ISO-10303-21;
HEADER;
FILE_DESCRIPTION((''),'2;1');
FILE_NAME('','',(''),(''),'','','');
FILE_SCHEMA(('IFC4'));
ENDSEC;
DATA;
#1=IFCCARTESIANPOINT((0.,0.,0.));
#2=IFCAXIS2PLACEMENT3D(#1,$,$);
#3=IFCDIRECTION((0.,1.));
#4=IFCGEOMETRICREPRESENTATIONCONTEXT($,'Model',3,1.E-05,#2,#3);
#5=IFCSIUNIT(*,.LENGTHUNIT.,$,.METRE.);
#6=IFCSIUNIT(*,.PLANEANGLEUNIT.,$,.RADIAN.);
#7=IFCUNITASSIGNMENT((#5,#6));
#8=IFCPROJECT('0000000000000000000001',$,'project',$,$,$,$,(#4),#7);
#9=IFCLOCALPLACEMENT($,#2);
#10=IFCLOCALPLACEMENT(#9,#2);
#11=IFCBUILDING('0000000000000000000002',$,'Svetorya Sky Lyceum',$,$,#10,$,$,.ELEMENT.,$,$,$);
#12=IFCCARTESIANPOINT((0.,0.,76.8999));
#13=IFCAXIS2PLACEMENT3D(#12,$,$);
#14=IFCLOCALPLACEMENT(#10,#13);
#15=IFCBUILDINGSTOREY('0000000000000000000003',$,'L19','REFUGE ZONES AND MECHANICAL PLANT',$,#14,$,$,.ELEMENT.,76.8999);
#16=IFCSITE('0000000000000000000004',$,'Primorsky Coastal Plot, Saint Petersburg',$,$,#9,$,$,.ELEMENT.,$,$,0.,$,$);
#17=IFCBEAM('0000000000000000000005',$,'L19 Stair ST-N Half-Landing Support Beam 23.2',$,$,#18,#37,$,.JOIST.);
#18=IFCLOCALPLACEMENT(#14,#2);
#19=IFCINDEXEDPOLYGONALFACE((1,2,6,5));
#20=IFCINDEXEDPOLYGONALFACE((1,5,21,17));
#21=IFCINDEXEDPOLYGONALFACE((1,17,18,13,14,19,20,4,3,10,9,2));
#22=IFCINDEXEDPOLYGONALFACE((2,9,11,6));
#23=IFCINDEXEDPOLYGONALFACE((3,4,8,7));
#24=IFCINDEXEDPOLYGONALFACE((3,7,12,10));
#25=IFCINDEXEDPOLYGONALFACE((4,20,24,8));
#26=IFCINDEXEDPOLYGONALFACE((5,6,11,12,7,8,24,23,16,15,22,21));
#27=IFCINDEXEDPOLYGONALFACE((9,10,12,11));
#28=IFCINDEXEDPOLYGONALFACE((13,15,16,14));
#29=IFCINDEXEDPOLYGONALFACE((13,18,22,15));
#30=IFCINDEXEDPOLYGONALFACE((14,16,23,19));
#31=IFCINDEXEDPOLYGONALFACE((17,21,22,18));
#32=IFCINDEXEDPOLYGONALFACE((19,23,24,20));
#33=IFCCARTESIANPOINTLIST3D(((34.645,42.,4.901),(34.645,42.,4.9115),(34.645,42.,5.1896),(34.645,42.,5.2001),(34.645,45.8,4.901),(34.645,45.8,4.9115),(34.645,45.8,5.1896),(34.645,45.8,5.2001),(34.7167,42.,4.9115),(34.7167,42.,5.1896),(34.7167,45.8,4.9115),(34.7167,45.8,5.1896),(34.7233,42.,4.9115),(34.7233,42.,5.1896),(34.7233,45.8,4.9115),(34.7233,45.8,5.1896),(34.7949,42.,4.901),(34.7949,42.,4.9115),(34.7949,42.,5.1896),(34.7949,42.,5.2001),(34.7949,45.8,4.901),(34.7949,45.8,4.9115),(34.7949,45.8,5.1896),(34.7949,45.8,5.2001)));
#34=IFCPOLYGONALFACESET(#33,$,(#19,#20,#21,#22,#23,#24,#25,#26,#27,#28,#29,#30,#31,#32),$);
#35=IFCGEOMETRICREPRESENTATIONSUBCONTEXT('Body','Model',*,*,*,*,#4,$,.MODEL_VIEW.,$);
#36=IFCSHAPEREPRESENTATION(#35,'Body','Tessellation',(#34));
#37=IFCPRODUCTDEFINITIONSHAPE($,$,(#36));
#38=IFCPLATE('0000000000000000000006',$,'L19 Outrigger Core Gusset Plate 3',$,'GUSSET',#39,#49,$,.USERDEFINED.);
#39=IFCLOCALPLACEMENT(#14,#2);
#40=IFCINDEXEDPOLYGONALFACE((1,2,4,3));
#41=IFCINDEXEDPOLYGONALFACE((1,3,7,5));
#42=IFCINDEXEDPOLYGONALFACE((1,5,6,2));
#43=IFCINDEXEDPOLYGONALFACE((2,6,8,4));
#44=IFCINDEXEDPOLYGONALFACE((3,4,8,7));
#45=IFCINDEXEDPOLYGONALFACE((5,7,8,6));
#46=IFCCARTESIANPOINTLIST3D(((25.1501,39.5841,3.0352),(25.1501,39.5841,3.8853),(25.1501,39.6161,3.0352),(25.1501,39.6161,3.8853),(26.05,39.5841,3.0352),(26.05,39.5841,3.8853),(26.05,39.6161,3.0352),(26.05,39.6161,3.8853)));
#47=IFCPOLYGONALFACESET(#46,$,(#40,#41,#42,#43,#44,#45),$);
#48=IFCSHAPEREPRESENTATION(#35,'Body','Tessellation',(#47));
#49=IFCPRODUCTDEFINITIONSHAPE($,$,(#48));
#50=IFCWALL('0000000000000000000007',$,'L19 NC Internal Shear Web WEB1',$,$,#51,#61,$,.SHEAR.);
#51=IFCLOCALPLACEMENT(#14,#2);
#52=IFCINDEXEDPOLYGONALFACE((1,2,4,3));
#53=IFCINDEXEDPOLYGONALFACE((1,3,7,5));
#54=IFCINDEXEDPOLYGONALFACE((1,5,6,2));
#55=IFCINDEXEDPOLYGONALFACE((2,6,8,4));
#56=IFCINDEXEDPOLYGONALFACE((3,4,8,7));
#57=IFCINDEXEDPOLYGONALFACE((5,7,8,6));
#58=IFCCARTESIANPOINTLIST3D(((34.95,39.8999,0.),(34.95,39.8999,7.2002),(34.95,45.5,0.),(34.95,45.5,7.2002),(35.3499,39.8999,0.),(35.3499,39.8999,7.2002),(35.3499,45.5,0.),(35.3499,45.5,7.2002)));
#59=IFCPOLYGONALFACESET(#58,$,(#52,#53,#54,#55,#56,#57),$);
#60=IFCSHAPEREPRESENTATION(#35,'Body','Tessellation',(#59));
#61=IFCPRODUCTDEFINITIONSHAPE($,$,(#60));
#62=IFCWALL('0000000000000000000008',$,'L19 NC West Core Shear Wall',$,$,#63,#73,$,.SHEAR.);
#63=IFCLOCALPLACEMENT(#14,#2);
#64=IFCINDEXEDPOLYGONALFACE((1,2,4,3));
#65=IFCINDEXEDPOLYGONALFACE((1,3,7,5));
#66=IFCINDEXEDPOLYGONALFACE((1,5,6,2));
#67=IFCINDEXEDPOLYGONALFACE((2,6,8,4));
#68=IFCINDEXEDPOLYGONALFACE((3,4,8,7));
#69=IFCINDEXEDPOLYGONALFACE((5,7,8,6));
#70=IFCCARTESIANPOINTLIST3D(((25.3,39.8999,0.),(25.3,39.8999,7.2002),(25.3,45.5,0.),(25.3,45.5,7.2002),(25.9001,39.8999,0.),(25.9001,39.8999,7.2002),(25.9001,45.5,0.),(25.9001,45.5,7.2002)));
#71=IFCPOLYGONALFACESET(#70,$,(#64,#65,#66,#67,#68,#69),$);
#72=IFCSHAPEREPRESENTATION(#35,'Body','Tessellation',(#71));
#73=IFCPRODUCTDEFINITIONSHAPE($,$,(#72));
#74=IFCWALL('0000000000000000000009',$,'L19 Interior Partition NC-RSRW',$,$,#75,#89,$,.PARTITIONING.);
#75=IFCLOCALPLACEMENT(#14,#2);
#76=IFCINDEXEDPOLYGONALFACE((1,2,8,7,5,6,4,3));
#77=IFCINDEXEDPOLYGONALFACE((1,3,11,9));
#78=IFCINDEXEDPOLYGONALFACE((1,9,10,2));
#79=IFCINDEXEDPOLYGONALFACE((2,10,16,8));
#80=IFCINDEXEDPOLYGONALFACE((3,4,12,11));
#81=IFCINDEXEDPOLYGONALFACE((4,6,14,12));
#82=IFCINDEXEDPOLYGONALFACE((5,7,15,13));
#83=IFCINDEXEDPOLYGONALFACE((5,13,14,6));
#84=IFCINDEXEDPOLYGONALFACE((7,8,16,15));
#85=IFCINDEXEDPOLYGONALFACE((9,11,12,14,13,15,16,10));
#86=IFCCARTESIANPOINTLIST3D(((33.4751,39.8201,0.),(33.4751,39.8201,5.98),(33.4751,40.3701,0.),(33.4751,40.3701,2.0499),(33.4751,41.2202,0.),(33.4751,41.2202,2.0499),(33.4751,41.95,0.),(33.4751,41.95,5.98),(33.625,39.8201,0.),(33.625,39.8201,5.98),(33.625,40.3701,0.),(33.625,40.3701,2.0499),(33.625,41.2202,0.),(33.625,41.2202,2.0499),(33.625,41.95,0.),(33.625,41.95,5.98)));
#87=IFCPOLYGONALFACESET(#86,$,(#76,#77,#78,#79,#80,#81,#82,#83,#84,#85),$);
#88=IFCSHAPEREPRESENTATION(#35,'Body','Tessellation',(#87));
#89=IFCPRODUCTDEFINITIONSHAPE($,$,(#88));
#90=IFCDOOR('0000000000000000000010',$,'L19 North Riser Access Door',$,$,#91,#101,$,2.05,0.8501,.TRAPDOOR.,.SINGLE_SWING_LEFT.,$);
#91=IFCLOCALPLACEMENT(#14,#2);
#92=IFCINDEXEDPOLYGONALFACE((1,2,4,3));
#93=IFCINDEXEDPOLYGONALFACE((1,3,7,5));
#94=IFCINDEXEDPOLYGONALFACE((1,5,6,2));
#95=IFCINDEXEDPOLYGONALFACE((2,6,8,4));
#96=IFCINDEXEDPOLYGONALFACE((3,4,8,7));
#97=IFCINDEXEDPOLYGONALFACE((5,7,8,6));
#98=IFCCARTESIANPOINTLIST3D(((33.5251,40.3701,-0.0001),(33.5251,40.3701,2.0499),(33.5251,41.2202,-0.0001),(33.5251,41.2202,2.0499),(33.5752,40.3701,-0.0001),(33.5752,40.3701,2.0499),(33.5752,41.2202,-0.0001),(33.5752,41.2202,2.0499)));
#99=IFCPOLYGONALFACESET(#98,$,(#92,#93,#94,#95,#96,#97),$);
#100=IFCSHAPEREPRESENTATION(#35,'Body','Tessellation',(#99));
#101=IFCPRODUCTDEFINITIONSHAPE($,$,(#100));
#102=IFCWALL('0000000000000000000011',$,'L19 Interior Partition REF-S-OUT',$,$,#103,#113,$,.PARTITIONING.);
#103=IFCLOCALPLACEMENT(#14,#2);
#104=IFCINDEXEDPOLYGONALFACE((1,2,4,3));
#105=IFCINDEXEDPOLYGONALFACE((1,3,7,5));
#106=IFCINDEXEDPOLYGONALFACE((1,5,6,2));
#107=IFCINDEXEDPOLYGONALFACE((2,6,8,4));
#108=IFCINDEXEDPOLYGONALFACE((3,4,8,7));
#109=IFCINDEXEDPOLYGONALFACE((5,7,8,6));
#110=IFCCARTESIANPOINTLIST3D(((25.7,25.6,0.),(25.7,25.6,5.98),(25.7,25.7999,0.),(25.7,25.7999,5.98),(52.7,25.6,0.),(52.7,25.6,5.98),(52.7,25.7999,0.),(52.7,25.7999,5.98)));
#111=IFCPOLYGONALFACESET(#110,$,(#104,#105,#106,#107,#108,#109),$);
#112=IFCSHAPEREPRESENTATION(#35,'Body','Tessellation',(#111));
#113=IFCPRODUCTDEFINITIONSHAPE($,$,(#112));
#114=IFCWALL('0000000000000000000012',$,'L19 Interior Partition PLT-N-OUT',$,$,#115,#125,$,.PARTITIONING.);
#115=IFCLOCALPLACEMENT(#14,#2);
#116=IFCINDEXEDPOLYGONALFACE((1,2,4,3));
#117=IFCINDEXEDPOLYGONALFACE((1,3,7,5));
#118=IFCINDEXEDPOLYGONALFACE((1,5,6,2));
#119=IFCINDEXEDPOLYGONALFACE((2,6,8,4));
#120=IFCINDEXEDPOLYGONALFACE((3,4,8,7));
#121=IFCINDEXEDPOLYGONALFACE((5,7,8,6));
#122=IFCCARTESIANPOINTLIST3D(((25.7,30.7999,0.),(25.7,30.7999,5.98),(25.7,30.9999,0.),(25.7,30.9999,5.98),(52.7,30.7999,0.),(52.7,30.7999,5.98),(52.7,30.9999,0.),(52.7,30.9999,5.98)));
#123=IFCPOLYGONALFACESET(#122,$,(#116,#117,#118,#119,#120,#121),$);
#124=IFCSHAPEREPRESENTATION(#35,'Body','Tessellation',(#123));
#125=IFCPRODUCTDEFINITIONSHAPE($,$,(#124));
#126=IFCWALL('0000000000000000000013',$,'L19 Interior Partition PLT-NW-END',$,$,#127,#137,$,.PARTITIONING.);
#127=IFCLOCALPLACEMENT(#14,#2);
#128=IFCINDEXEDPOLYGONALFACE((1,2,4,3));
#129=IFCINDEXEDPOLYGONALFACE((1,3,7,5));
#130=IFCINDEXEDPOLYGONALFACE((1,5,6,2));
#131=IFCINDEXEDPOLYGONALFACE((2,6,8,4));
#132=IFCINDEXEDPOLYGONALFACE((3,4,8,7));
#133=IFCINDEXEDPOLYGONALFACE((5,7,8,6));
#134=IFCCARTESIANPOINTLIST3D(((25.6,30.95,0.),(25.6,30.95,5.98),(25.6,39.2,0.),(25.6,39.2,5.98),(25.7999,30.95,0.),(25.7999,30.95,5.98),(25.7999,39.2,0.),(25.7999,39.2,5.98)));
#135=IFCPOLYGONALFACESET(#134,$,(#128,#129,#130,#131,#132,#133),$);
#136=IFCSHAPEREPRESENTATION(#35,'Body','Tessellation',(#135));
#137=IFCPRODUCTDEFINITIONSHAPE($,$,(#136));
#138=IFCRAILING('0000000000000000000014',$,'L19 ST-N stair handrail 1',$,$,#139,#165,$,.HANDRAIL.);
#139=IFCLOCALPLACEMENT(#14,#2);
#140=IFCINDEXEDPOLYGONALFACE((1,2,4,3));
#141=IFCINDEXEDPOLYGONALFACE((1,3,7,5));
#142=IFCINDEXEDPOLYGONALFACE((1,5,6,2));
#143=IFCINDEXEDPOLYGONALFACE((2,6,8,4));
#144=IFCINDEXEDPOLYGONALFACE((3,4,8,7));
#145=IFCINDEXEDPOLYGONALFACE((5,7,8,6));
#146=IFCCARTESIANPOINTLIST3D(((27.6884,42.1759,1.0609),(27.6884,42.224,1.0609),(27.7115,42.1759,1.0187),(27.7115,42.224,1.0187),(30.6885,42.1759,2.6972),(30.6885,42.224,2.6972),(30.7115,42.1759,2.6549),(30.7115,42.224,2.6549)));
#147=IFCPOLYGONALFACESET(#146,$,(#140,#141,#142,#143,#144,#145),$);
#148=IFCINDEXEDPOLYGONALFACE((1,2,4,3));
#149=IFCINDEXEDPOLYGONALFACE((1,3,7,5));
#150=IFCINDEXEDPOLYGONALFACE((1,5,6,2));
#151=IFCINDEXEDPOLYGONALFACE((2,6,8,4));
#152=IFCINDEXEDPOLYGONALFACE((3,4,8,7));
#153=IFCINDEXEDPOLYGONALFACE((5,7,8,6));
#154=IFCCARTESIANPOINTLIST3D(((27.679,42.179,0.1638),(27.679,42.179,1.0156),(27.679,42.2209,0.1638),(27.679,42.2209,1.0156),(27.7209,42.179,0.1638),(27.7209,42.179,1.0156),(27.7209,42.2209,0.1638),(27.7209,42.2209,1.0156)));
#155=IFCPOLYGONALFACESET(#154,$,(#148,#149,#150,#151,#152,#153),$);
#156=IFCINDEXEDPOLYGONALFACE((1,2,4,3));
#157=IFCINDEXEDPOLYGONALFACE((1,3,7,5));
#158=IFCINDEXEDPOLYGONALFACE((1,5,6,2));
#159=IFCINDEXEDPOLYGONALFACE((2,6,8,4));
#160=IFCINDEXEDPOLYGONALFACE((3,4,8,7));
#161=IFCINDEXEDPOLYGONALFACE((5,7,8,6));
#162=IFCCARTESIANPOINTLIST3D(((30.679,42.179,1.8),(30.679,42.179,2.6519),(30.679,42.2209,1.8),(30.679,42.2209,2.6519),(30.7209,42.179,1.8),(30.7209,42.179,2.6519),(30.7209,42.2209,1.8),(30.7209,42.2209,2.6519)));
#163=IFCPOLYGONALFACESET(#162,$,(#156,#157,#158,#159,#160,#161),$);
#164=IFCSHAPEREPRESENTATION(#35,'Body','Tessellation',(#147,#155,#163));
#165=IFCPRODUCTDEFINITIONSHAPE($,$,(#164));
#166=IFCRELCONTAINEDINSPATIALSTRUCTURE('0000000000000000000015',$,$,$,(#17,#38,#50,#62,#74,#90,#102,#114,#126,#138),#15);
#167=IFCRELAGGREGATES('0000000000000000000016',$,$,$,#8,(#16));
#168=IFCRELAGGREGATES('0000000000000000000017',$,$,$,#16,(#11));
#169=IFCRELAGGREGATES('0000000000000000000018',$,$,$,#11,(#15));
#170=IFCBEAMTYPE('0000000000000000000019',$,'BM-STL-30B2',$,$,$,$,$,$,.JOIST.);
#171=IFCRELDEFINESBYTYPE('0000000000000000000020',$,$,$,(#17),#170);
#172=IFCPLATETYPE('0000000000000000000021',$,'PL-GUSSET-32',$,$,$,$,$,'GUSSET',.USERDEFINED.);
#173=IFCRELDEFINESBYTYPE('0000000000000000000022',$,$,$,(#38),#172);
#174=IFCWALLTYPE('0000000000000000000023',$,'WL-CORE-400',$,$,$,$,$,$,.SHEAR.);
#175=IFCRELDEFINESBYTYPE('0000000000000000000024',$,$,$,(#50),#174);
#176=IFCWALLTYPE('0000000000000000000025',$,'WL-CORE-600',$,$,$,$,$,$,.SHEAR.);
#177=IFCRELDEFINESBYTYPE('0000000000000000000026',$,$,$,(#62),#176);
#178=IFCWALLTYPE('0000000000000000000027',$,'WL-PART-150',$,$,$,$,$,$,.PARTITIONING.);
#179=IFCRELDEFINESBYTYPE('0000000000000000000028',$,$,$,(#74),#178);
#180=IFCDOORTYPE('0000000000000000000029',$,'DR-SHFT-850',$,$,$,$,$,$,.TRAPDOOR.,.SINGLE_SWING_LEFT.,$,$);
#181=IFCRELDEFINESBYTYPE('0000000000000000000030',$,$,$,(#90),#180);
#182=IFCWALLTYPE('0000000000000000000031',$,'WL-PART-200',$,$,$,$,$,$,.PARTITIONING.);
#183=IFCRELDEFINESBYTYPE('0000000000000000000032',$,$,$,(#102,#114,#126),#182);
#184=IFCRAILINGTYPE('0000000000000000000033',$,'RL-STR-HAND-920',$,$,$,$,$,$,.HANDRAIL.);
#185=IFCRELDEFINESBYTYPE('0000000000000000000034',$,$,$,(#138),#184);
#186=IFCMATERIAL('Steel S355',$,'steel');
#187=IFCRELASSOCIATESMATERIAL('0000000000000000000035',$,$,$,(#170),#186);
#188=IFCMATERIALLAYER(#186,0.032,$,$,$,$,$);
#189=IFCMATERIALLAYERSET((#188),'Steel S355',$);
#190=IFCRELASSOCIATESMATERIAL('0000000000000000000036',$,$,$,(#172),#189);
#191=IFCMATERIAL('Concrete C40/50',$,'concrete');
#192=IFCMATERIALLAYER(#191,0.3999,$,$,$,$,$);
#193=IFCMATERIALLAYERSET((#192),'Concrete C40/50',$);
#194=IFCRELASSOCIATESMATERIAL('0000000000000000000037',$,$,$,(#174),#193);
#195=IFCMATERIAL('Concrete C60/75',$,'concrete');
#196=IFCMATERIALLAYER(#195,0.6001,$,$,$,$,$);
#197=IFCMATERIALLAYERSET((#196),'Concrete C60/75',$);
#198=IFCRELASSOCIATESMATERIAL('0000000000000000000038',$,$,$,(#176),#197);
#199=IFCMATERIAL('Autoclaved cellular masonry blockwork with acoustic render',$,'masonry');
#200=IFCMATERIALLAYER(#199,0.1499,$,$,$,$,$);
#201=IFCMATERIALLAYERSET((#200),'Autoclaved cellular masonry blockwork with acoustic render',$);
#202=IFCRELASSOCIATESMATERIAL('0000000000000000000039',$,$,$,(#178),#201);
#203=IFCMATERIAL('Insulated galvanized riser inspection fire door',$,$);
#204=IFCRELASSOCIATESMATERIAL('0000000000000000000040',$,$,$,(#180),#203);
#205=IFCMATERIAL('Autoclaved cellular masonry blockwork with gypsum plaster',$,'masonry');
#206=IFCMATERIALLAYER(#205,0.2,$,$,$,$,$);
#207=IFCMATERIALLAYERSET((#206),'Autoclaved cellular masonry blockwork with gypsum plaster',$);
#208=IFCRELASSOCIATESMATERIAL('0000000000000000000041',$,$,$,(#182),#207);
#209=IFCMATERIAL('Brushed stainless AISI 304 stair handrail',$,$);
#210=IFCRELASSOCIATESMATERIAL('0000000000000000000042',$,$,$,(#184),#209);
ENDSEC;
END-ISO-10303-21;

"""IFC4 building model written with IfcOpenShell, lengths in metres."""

from ifc_helpers import new_model, si_unit, direction, frame, frame_2d, origin, origin_2d, place, context, subcontext, project, spatial, rectangle, i_section, extrude, material, layer, layer_set, material_profile, profile_set, type_object, element, fill, save


model = new_model("IFC4")

# Units and contexts
model_context = context("Model", 3, precision=1e-05, world=origin(), true_north=direction((0.0, 1.0)))
body_context = subcontext(model_context, "Body", "Model", "MODEL_VIEW")
ifc_project = project(units=[si_unit("LENGTHUNIT", "METRE"), si_unit("PLANEANGLEUNIT", "RADIAN")], contexts=[model_context])

# Site, building, storey
site_placement = place(None, origin())
site = spatial("IfcSite", under=ifc_project, at=site_placement, Name="Primorsky Coastal Plot, Saint Petersburg", CompositionType="ELEMENT", RefElevation=0.0)
building_placement = place(site_placement, origin())
building = spatial("IfcBuilding", under=site, at=building_placement, Name="Svetorya Sky Lyceum", CompositionType="ELEMENT")
storey_placement = place(building_placement, frame((0.0, 0.0, 76.8999)))
storey = spatial("IfcBuildingStorey", under=building, at=storey_placement, Name="L19", Description="REFUGE ZONES AND MECHANICAL PLANT", CompositionType="ELEMENT", Elevation=76.8999)

# Shared definitions
ifc_material_1 = material(Name="Concrete C60/75", Category="concrete")

# Beam
ifc_material_2 = material(Name="Steel S355", Category="steel")
ifc_material_profile_1 = material_profile(ifc_material_2, i_section(OverallWidth=0.1499, OverallDepth=0.2991, WebThickness=0.0066, FlangeThickness=0.0105, at=origin_2d()), Name="GOST 30B2")
ifc_profile_set_1 = profile_set([ifc_material_profile_1], Name="Steel S355")
beam_type_1 = type_object("IfcBeamType", Name="BM-STL-30B2", PredefinedType="JOIST", material=ifc_profile_set_1)
for number, where, z_axis, x_axis, name in (
    (1, (34.72, 42.0, 5.0505), (0.0, 1.0, 0.0), (-1.0, 0.0, 0.0), "L19 Stair ST-N Half-Landing Support Beam 23.2"),
):
    element("IfcBeam", number, at=place(storey_placement, frame(where, z_axis=z_axis, x_axis=x_axis)), inside=storey, type_object=beam_type_1, Name=name, PredefinedType="JOIST", context=body_context, shape_type="SweptSolid", body=[
        extrude(i_section(OverallWidth=0.1499, OverallDepth=0.2991, WebThickness=0.0066, FlangeThickness=0.0105, at=origin_2d()), origin(), (0.0, 0.0, 1.0), 3.8),
    ])

# Plate
ifc_layer_1 = layer(ifc_material_2, 0.032)
ifc_layer_set_1 = layer_set([ifc_layer_1], Name="Steel S355")
plate_type = type_object("IfcPlateType", Name="PL-GUSSET-32", ElementType="GUSSET", PredefinedType="USERDEFINED", material=ifc_layer_set_1)
plate_placement = place(storey_placement, frame((25.6001, 39.6001, 3.0352), z_axis=(0.0, 0.0, 1.0), x_axis=(1.0, 0.0, 0.0)))
element("IfcPlate", 2, at=plate_placement, inside=storey, type_object=plate_type, Name="L19 Outrigger Core Gusset Plate 3", ObjectType="GUSSET", PredefinedType="USERDEFINED", context=body_context, shape_type="SweptSolid", body=[
    extrude(rectangle(XDim=0.8999, YDim=0.032, at=origin_2d()), origin(), (0.0, 0.0, 1.0), 0.8501),
])

# Walls
ifc_material_3 = material(Name="Concrete C40/50", Category="concrete")
ifc_layer_2 = layer(ifc_material_3, 0.3999)
ifc_layer_set_2 = layer_set([ifc_layer_2], Name="Concrete C40/50")
wall_type_1 = type_object("IfcWallType", Name="WL-CORE-400", PredefinedType="SHEAR", material=ifc_layer_set_2)
wall_1_placement = place(storey_placement, frame((35.1499, 39.8999, 0.0), z_axis=(0.0, 0.0, 1.0), x_axis=(0.0, 1.0, 0.0)))
element("IfcWall", 3, at=wall_1_placement, inside=storey, type_object=wall_type_1, Name="L19 NC Internal Shear Web WEB1", PredefinedType="SHEAR", context=body_context, shape_type="SweptSolid", body=[
    extrude(rectangle(XDim=5.6001, YDim=0.3999, at=frame_2d((2.8, 0.0))), origin(), (0.0, 0.0, 1.0), 7.2002),
])
ifc_layer_3 = layer(ifc_material_1, 0.6001)
ifc_layer_set_3 = layer_set([ifc_layer_3], Name="Concrete C60/75")
wall_type_2 = type_object("IfcWallType", Name="WL-CORE-600", PredefinedType="SHEAR", material=ifc_layer_set_3)
wall_2_placement = place(storey_placement, frame((25.6001, 39.8999, 0.0), z_axis=(0.0, 0.0, 1.0), x_axis=(0.0, 1.0, 0.0)))
element("IfcWall", 4, at=wall_2_placement, inside=storey, type_object=wall_type_2, Name="L19 NC West Core Shear Wall", PredefinedType="SHEAR", context=body_context, shape_type="SweptSolid", body=[
    extrude(rectangle(XDim=5.6001, YDim=0.6001, at=frame_2d((2.8, 0.0))), origin(), (0.0, 0.0, 1.0), 7.2002),
])

# Wall, opening, door
ifc_material_4 = material(Name="Autoclaved cellular masonry blockwork with acoustic render", Category="masonry")
ifc_layer_4 = layer(ifc_material_4, 0.1499)
ifc_layer_set_4 = layer_set([ifc_layer_4], Name="Autoclaved cellular masonry blockwork with acoustic render")
wall_type_3 = type_object("IfcWallType", Name="WL-PART-150", PredefinedType="PARTITIONING", material=ifc_layer_set_4)
wall_3_placement = place(storey_placement, frame((33.55, 39.8201, 0.0), z_axis=(0.0, 0.0, 1.0), x_axis=(0.0, 1.0, 0.0)))
wall_3 = element("IfcWall", 5, at=wall_3_placement, inside=storey, type_object=wall_type_3, Name="L19 Interior Partition NC-RSRW", PredefinedType="PARTITIONING", context=body_context, shape_type="SweptSolid", body=[
    extrude(rectangle(XDim=2.1299, YDim=0.1499, at=frame_2d((1.0649, 0.0))), origin(), (0.0, 0.0, 1.0), 5.98),
])
opening_placement = place(wall_3_placement, frame((0.55, 0.0, 0.0)))
opening = element("IfcOpeningElement", 6, at=opening_placement, cuts=wall_3, PredefinedType="OPENING", context=body_context, shape_type="SweptSolid", body=[
    extrude(rectangle(XDim=0.8501, YDim=2.05, at=frame_2d((0.425, 1.0249))), frame((0.0, 0.085, 0.0), z_axis=(0.0, -1.0, 0.0), x_axis=(1.0, 0.0, 0.0)), (0.0, 0.0, 1.0), 0.1699),
])
ifc_material_5 = material(Name="Insulated galvanized riser inspection fire door")
door_type = type_object("IfcDoorType", Name="DR-SHFT-850", OperationType="SINGLE_SWING_LEFT", PredefinedType="TRAPDOOR", material=ifc_material_5)
door_placement = place(opening_placement, origin())
door = element("IfcDoor", 7, at=door_placement, inside=storey, type_object=door_type, Name="L19 North Riser Access Door", OperationType="SINGLE_SWING_LEFT", OverallHeight=2.05, OverallWidth=0.8501, PredefinedType="TRAPDOOR", context=body_context, shape_type="SweptSolid", body=[
    extrude(rectangle(XDim=0.8501, YDim=2.05, at=frame_2d((0.425, 1.0249))), frame((0.0, 0.0249, 0.0), z_axis=(0.0, -1.0, 0.0), x_axis=(1.0, 0.0, 0.0)), (0.0, 0.0, 1.0), 0.05),
])
fill(opening, door)

# Walls
ifc_material_6 = material(Name="Autoclaved cellular masonry blockwork with gypsum plaster", Category="masonry")
ifc_layer_5 = layer(ifc_material_6, 0.2)
ifc_layer_set_5 = layer_set([ifc_layer_5], Name="Autoclaved cellular masonry blockwork with gypsum plaster")
wall_type_4 = type_object("IfcWallType", Name="WL-PART-200", PredefinedType="PARTITIONING", material=ifc_layer_set_5)
for number, where, z_axis, x_axis, name in (
    (8, (25.7, 25.7, 0.0), (0.0, 0.0, 1.0), (1.0, 0.0, 0.0), "L19 Interior Partition REF-S-OUT"),
    (9, (25.7, 30.8999, 0.0), (0.0, 0.0, 1.0), (1.0, 0.0, 0.0), "L19 Interior Partition PLT-N-OUT"),
):
    element("IfcWall", number, at=place(storey_placement, frame(where, z_axis=z_axis, x_axis=x_axis)), inside=storey, type_object=wall_type_4, Name=name, PredefinedType="PARTITIONING", context=body_context, shape_type="SweptSolid", body=[
        extrude(rectangle(XDim=27.0, YDim=0.2, at=frame_2d((13.5, 0.0))), origin(), (0.0, 0.0, 1.0), 5.98),
    ])
wall_4_placement = place(storey_placement, frame((25.7, 30.95, 0.0), z_axis=(0.0, 0.0, 1.0), x_axis=(0.0, 1.0, 0.0)))
element("IfcWall", 10, at=wall_4_placement, inside=storey, type_object=wall_type_4, Name="L19 Interior Partition PLT-NW-END", PredefinedType="PARTITIONING", context=body_context, shape_type="SweptSolid", body=[
    extrude(rectangle(XDim=8.25, YDim=0.2, at=frame_2d((4.125, 0.0))), origin(), (0.0, 0.0, 1.0), 5.98),
])

# Railing
ifc_material_7 = material(Name="Brushed stainless AISI 304 stair handrail")
railing_type = type_object("IfcRailingType", Name="RL-STR-HAND-920", PredefinedType="HANDRAIL", material=ifc_material_7)
railing_1_placement = place(storey_placement, frame((27.7, 42.2, 0.1638)))
element("IfcRailing", 11, at=railing_1_placement, inside=storey, type_object=railing_type, Name="L19 ST-N stair handrail 1", PredefinedType="HANDRAIL", context=body_context, shape_type="SweptSolid", body=[
    extrude(rectangle(XDim=0.0481, YDim=0.0481, at=origin_2d()), frame((0.0, 0.0, 0.876), z_axis=(0.877912, 0.0, 0.478822), x_axis=(0.0, 1.0, 0.0)), (0.0, 0.0, 1.0), 3.4172),
    extrude(rectangle(XDim=0.042, YDim=0.042, at=origin_2d()), origin(), (0.0, 0.0, 1.0), 0.8518),
    extrude(rectangle(XDim=0.042, YDim=0.042, at=origin_2d()), frame((3.0, 0.0, 1.6362)), (0.0, 0.0, 1.0), 0.8518),
])

save(model, "model.ifc")
